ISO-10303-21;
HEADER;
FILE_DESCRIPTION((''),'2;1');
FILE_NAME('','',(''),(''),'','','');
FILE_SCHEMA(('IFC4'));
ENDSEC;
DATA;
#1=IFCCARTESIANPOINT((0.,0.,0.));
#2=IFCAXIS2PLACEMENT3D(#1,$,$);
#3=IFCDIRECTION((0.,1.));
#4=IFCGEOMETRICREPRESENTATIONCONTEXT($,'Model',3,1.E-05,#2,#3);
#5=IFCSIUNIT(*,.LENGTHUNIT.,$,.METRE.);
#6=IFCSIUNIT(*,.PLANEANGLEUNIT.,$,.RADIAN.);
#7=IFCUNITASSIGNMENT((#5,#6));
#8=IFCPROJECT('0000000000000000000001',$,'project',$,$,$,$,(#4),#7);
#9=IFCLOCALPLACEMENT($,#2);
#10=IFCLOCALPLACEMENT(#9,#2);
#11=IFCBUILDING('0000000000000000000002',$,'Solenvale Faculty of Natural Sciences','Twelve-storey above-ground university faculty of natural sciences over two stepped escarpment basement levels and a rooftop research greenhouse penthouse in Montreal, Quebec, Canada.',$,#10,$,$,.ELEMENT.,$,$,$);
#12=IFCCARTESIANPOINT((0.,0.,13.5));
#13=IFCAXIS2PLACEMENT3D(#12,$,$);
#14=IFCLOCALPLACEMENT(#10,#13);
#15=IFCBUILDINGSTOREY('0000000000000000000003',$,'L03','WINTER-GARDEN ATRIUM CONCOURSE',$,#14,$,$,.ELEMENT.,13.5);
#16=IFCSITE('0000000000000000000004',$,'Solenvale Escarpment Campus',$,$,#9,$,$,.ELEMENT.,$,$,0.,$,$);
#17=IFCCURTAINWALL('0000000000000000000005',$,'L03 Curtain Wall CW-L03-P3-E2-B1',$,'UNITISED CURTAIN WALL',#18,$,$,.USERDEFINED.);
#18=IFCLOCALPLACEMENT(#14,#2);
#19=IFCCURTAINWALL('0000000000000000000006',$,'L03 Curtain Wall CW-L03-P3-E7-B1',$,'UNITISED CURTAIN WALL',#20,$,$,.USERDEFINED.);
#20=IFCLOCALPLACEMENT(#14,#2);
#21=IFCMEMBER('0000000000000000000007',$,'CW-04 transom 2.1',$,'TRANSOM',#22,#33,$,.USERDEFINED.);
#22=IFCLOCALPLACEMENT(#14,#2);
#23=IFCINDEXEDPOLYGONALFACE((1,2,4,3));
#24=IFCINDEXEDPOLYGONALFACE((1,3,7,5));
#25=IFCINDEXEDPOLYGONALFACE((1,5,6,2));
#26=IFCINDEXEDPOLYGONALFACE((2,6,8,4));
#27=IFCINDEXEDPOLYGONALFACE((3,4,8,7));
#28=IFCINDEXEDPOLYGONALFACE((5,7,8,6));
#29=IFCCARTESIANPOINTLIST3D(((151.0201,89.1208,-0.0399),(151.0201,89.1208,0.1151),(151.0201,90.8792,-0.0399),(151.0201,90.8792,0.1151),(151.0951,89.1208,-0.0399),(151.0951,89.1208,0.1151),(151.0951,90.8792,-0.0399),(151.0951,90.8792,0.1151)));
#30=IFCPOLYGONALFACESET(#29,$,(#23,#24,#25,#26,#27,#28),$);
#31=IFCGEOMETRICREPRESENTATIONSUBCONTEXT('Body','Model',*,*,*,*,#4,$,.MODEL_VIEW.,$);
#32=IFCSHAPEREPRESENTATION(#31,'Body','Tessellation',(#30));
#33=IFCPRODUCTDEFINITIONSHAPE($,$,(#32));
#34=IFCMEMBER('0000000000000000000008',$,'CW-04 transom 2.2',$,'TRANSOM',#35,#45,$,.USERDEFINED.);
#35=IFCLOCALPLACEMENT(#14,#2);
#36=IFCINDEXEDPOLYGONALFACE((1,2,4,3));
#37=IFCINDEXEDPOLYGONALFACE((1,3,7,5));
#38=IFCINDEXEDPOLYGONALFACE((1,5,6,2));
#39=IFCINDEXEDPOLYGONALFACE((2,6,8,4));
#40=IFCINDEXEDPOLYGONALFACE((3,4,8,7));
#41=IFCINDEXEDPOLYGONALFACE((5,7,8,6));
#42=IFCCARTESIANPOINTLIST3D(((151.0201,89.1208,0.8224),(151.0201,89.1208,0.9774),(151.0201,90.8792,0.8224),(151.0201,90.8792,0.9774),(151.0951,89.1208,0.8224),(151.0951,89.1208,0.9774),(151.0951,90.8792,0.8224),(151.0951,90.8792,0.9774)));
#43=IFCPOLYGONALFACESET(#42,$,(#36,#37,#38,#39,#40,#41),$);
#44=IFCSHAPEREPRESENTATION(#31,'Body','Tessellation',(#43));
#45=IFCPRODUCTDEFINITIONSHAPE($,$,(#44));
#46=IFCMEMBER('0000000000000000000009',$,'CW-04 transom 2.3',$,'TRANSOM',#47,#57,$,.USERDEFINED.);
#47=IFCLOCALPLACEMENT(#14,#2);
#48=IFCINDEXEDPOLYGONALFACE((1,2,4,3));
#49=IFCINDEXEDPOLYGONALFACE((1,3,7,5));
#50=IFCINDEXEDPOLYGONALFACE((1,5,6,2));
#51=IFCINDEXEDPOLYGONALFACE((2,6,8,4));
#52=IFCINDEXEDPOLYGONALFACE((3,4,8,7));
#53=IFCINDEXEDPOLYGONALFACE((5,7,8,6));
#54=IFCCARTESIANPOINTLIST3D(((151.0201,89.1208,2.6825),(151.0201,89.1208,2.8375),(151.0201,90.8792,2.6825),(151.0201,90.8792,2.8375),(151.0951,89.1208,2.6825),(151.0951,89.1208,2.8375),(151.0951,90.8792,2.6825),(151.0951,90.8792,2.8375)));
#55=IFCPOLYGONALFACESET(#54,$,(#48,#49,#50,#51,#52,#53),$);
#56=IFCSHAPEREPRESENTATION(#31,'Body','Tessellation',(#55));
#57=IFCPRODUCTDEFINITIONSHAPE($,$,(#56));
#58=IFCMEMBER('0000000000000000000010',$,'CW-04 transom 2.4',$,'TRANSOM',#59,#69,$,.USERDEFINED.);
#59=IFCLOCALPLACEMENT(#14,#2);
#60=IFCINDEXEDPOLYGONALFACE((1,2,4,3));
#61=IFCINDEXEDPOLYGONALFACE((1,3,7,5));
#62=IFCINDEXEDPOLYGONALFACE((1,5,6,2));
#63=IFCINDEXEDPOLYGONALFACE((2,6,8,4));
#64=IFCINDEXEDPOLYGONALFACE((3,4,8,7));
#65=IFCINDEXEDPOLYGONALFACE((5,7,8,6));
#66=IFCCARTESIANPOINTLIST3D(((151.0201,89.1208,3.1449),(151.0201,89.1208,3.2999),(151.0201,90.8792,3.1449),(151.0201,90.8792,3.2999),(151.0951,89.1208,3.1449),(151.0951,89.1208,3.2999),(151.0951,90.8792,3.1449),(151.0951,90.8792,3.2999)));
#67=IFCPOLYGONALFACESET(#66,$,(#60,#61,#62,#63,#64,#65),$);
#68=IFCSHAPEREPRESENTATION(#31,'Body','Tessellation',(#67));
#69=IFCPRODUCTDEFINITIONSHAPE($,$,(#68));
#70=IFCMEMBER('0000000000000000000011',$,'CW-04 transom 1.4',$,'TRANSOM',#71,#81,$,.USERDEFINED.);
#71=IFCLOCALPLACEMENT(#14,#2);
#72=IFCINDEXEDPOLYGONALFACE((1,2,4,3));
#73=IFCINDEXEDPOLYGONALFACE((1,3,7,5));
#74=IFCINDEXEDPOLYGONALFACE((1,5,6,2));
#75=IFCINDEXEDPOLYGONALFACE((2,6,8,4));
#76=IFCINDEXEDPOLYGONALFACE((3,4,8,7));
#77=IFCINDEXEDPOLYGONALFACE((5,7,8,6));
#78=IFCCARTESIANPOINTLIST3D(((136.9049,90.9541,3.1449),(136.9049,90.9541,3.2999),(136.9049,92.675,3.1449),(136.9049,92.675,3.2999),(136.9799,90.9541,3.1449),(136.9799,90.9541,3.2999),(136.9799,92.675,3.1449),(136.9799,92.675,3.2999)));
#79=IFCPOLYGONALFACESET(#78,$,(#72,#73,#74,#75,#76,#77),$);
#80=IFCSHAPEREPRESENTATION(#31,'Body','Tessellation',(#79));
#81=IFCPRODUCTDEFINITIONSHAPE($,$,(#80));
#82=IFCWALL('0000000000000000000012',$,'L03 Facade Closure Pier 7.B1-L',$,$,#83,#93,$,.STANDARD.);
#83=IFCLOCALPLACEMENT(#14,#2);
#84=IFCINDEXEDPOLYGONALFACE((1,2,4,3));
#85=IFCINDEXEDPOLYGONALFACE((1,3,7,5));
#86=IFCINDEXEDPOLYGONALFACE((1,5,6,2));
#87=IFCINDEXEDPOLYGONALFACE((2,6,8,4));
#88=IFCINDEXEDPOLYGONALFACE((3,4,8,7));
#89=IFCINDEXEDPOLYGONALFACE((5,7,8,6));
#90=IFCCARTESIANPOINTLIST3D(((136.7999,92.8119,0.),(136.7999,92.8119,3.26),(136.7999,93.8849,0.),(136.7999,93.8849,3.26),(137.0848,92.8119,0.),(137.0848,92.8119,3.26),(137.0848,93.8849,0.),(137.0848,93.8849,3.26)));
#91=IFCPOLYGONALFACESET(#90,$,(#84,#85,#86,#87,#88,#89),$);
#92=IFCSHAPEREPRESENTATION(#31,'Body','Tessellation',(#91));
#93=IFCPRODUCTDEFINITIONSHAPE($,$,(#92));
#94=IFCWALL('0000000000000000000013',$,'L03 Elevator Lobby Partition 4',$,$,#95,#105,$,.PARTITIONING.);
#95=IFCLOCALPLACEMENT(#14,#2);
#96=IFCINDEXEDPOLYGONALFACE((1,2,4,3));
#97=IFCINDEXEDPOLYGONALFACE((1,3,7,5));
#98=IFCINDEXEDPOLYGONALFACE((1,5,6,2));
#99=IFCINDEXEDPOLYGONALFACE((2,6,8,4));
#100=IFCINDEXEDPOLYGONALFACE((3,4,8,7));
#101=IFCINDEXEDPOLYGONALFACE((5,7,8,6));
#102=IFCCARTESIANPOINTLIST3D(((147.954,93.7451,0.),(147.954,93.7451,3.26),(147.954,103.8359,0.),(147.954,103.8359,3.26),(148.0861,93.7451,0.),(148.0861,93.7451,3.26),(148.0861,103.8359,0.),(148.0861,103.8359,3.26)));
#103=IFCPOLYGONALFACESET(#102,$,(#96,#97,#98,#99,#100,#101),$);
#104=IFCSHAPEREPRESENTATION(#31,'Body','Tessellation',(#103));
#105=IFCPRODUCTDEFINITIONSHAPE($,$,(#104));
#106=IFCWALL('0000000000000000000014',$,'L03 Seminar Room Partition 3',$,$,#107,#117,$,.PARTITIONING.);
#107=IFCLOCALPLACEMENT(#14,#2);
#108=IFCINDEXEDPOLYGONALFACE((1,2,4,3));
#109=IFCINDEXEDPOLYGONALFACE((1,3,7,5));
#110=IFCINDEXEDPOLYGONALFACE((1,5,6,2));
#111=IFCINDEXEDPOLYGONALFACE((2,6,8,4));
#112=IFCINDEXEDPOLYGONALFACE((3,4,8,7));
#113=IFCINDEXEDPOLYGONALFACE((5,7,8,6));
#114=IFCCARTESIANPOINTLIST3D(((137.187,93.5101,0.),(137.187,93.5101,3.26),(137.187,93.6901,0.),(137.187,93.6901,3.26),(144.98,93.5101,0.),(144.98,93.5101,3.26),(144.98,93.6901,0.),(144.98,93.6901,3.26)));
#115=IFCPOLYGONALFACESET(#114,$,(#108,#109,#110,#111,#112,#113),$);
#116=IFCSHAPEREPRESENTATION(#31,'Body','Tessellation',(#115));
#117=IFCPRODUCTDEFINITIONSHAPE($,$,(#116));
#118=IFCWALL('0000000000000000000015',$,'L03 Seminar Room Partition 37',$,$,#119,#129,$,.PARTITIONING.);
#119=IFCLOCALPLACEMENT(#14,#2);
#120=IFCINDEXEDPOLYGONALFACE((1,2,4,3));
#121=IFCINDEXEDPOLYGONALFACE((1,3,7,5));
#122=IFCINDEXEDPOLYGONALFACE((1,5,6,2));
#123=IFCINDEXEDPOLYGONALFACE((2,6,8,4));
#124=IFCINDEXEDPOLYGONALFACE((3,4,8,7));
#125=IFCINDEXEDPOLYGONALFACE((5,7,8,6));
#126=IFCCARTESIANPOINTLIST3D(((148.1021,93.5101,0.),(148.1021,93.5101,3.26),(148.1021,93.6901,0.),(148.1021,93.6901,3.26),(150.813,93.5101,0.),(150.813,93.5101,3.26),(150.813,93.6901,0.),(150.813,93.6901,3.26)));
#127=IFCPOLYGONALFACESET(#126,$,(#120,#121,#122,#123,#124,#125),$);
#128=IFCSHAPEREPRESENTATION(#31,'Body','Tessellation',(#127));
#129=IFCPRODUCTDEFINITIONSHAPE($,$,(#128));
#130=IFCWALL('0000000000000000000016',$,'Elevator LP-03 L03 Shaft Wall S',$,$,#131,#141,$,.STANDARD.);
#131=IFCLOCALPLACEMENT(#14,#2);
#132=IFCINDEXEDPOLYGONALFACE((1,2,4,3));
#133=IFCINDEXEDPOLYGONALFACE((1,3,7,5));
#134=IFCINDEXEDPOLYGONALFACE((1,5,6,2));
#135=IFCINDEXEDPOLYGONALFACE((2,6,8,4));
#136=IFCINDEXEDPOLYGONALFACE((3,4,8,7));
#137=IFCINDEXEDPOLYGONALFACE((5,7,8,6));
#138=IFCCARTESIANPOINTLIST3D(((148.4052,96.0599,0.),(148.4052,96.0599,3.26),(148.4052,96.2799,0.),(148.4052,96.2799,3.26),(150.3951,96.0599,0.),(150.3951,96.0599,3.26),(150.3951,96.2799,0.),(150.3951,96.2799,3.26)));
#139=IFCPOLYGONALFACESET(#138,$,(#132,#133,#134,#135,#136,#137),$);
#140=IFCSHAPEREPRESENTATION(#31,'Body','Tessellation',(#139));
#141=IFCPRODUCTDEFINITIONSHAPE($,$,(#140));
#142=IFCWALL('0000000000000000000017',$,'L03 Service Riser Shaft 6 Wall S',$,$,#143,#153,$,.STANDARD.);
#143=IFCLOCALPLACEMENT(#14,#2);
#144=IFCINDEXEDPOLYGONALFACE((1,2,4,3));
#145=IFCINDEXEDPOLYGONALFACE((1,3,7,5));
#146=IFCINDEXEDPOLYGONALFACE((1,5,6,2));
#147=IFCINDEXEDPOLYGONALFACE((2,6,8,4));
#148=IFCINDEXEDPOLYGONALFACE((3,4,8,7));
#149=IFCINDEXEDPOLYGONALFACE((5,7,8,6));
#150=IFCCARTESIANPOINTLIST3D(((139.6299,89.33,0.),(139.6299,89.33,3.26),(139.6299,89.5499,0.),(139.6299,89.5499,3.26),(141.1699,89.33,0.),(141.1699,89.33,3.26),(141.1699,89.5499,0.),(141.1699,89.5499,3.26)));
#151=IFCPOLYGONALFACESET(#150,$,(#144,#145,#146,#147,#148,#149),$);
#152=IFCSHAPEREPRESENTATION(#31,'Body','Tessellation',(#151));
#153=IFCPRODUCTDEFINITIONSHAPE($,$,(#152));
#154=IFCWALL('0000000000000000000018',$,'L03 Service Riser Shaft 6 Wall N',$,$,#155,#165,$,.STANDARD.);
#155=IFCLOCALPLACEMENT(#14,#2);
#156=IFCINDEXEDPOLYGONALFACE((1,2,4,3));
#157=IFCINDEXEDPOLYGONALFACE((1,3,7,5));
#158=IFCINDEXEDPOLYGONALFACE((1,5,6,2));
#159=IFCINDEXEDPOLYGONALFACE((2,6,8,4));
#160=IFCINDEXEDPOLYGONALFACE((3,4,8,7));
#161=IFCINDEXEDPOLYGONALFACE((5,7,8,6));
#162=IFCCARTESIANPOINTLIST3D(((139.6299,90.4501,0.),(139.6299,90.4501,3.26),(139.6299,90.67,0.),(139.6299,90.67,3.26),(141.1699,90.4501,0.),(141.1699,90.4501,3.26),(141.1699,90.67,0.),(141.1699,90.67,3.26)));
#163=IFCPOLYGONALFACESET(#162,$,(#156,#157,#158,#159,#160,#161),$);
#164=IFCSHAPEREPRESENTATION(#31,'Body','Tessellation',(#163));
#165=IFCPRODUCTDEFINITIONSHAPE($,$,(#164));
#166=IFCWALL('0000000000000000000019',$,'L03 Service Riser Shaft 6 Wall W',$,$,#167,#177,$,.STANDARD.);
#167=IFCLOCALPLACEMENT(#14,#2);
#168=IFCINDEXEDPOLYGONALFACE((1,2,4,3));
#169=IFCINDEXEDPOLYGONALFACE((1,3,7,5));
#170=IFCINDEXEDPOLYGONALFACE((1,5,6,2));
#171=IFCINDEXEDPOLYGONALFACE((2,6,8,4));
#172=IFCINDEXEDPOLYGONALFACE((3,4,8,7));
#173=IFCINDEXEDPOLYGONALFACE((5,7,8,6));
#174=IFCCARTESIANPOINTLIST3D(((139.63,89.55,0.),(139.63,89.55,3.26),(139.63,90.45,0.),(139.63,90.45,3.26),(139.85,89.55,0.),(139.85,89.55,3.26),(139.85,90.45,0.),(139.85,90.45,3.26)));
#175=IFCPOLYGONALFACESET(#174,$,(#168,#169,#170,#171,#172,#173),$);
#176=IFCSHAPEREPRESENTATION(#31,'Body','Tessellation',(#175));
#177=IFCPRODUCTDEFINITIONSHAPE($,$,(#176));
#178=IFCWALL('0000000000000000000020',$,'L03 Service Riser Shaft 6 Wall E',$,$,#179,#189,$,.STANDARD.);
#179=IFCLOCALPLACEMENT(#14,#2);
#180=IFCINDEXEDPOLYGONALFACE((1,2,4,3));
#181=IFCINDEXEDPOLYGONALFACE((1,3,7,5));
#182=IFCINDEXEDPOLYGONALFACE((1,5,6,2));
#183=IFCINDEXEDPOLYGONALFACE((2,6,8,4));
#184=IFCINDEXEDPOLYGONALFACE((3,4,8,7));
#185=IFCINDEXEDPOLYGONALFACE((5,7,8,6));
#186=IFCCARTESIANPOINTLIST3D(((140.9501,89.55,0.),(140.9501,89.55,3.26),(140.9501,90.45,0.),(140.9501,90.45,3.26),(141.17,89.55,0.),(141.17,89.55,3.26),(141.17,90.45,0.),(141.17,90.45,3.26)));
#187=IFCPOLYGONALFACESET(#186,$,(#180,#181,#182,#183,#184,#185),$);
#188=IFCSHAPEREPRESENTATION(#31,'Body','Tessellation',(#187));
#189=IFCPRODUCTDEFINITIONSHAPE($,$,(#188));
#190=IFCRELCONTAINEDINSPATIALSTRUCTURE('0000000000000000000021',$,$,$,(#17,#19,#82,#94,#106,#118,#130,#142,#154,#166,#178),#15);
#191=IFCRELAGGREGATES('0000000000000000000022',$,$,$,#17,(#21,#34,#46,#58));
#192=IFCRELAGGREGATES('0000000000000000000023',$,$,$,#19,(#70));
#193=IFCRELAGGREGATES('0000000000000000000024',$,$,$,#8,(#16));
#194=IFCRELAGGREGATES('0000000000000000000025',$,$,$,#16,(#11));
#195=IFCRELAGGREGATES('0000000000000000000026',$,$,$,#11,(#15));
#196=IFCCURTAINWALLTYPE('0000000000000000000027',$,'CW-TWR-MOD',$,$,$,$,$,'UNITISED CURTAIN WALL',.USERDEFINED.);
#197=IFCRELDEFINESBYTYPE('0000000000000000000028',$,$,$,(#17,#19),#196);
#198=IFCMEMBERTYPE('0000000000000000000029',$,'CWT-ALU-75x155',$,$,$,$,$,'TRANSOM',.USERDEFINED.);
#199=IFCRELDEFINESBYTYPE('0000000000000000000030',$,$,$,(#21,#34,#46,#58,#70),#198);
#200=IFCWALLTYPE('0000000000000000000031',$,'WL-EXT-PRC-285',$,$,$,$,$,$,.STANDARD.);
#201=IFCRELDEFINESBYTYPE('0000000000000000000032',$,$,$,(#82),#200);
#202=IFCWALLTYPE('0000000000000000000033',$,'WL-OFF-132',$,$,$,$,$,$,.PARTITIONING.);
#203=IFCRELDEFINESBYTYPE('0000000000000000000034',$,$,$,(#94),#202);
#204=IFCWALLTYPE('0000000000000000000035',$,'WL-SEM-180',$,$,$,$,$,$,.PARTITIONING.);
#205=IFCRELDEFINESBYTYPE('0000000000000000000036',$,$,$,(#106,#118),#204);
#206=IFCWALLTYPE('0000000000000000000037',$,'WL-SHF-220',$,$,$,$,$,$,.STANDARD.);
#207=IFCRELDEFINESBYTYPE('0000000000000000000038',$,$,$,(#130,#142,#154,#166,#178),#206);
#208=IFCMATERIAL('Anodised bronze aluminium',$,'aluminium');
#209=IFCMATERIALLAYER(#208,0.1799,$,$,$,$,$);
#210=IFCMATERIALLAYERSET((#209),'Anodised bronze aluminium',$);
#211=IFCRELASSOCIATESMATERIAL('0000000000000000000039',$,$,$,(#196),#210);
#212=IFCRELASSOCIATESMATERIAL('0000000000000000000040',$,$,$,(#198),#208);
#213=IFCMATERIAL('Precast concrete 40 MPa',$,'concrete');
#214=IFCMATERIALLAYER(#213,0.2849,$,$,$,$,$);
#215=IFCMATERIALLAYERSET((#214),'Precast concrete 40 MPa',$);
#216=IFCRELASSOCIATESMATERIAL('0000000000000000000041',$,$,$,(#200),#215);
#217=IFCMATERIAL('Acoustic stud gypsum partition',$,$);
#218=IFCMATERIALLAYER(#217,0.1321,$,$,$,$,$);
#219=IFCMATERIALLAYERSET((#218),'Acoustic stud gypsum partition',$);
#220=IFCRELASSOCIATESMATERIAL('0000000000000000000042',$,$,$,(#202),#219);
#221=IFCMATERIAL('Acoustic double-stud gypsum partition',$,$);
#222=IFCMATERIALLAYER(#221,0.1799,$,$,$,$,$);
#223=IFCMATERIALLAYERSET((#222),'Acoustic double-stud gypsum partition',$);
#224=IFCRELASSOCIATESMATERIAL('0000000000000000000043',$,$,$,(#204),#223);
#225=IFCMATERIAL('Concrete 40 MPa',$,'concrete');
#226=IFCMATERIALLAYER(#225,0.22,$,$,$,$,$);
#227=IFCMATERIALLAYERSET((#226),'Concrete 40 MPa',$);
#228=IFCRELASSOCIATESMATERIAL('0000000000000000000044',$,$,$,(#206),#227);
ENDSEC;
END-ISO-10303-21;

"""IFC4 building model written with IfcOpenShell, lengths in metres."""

from ifc_helpers import new_model, si_unit, direction, frame, frame_2d, origin, origin_2d, place, context, subcontext, project, spatial, rectangle, extrude, material, layer, layer_set, material_profile, profile_set, type_object, element, aggregate, save


model = new_model("IFC4")

# Units and contexts
model_context = context("Model", 3, precision=1e-05, world=origin(), true_north=direction((0.0, 1.0)))
body_context = subcontext(model_context, "Body", "Model", "MODEL_VIEW")
ifc_project = project(units=[si_unit("LENGTHUNIT", "METRE"), si_unit("PLANEANGLEUNIT", "RADIAN")], contexts=[model_context])

# Site, building, storey
site_placement = place(None, origin())
site = spatial("IfcSite", under=ifc_project, at=site_placement, Name="Solenvale Escarpment Campus", CompositionType="ELEMENT", RefElevation=0.0)
building_placement = place(site_placement, origin())
building = spatial("IfcBuilding", under=site, at=building_placement, Name="Solenvale Faculty of Natural Sciences", Description="Twelve-storey above-ground university faculty of natural sciences over two stepped escarpment basement levels and a rooftop research greenhouse penthouse in Montreal, Quebec, Canada.", CompositionType="ELEMENT")
storey_placement = place(building_placement, frame((0.0, 0.0, 13.5)))
storey = spatial("IfcBuildingStorey", under=building, at=storey_placement, Name="L03", Description="WINTER-GARDEN ATRIUM CONCOURSE", CompositionType="ELEMENT", Elevation=13.5)

# Shared definitions
ifc_material_1 = material(Name="Concrete 40 MPa", Category="concrete")

# Curtain walls
ifc_material_2 = material(Name="Anodised bronze aluminium", Category="aluminium")
ifc_layer_1 = layer(ifc_material_2, 0.1799)
ifc_layer_set_1 = layer_set([ifc_layer_1], Name="Anodised bronze aluminium")
curtain_wall_type = type_object("IfcCurtainWallType", Name="CW-TWR-MOD", ElementType="UNITISED CURTAIN WALL", PredefinedType="USERDEFINED", material=ifc_layer_set_1)
curtain_wall_1_placement = place(storey_placement, origin())
curtain_wall_1 = element("IfcCurtainWall", 1, at=curtain_wall_1_placement, inside=storey, type_object=curtain_wall_type, Name="L03 Curtain Wall CW-L03-P3-E2-B1", ObjectType="UNITISED CURTAIN WALL", PredefinedType="USERDEFINED")
curtain_wall_2_placement = place(storey_placement, origin())
curtain_wall_2 = element("IfcCurtainWall", 2, at=curtain_wall_2_placement, inside=storey, type_object=curtain_wall_type, Name="L03 Curtain Wall CW-L03-P3-E7-B1", ObjectType="UNITISED CURTAIN WALL", PredefinedType="USERDEFINED")

# Members
ifc_material_profile_1 = material_profile(ifc_material_2, rectangle(XDim=0.075, YDim=0.155, at=origin_2d()), Name="ALU-TRN-75x155")
ifc_profile_set_1 = profile_set([ifc_material_profile_1], Name="Anodised bronze aluminium")
member_type_1 = type_object("IfcMemberType", Name="CWT-ALU-75x155", ElementType="TRANSOM", PredefinedType="USERDEFINED", material=ifc_profile_set_1)
member_1_placement = place(storey_placement, frame((151.0576, 89.1208, 0.0376), z_axis=(0.0, 1.0, 0.0), x_axis=(-1.0, 0.0, 0.0)))
member_1 = element("IfcMember", 3, at=member_1_placement, type_object=member_type_1, Name="CW-04 transom 2.1", ObjectType="TRANSOM", PredefinedType="USERDEFINED", context=body_context, shape_type="SweptSolid", body=[
    extrude(rectangle(XDim=0.075, YDim=0.155, at=origin_2d()), origin(), (0.0, 0.0, 1.0), 1.7583),
])
member_2_placement = place(storey_placement, frame((151.0576, 89.1208, 0.8999), z_axis=(0.0, 1.0, 0.0), x_axis=(-1.0, 0.0, 0.0)))
member_2 = element("IfcMember", 4, at=member_2_placement, type_object=member_type_1, Name="CW-04 transom 2.2", ObjectType="TRANSOM", PredefinedType="USERDEFINED", context=body_context, shape_type="SweptSolid", body=[
    extrude(rectangle(XDim=0.075, YDim=0.155, at=origin_2d()), origin(), (0.0, 0.0, 1.0), 1.7583),
])
member_3_placement = place(storey_placement, frame((151.0576, 89.1208, 2.76), z_axis=(0.0, 1.0, 0.0), x_axis=(-1.0, 0.0, 0.0)))
member_3 = element("IfcMember", 5, at=member_3_placement, type_object=member_type_1, Name="CW-04 transom 2.3", ObjectType="TRANSOM", PredefinedType="USERDEFINED", context=body_context, shape_type="SweptSolid", body=[
    extrude(rectangle(XDim=0.075, YDim=0.155, at=origin_2d()), origin(), (0.0, 0.0, 1.0), 1.7583),
])
member_4_placement = place(storey_placement, frame((151.0576, 89.1208, 3.2224), z_axis=(0.0, 1.0, 0.0), x_axis=(-1.0, 0.0, 0.0)))
member_4 = element("IfcMember", 6, at=member_4_placement, type_object=member_type_1, Name="CW-04 transom 2.4", ObjectType="TRANSOM", PredefinedType="USERDEFINED", context=body_context, shape_type="SweptSolid", body=[
    extrude(rectangle(XDim=0.075, YDim=0.155, at=origin_2d()), origin(), (0.0, 0.0, 1.0), 1.7583),
])
aggregate(curtain_wall_1, [member_1, member_2, member_3, member_4])
member_5_placement = place(storey_placement, frame((136.9424, 92.675, 3.2224), z_axis=(0.0, -1.0, 0.0), x_axis=(1.0, 0.0, 0.0)))
member_5 = element("IfcMember", 7, at=member_5_placement, type_object=member_type_1, Name="CW-04 transom 1.4", ObjectType="TRANSOM", PredefinedType="USERDEFINED", context=body_context, shape_type="SweptSolid", body=[
    extrude(rectangle(XDim=0.075, YDim=0.155, at=origin_2d()), origin(), (0.0, 0.0, 1.0), 1.7209),
])
aggregate(curtain_wall_2, [member_5])

# Walls
ifc_material_3 = material(Name="Precast concrete 40 MPa", Category="concrete")
ifc_layer_2 = layer(ifc_material_3, 0.2849)
ifc_layer_set_2 = layer_set([ifc_layer_2], Name="Precast concrete 40 MPa")
wall_type_1 = type_object("IfcWallType", Name="WL-EXT-PRC-285", PredefinedType="STANDARD", material=ifc_layer_set_2)
wall_1_placement = place(storey_placement, frame((136.9424, 93.885, 0.0), z_axis=(0.0, 0.0, 1.0), x_axis=(0.0, -1.0, 0.0)))
element("IfcWall", 8, at=wall_1_placement, inside=storey, type_object=wall_type_1, Name="L03 Facade Closure Pier 7.B1-L", PredefinedType="STANDARD", context=body_context, shape_type="SweptSolid", body=[
    extrude(rectangle(XDim=1.073, YDim=0.2849, at=frame_2d((0.5366, 0.0))), origin(), (0.0, 0.0, 1.0), 3.26),
])
ifc_material_4 = material(Name="Acoustic stud gypsum partition")
ifc_layer_3 = layer(ifc_material_4, 0.1321)
ifc_layer_set_3 = layer_set([ifc_layer_3], Name="Acoustic stud gypsum partition")
wall_type_2 = type_object("IfcWallType", Name="WL-OFF-132", PredefinedType="PARTITIONING", material=ifc_layer_set_3)
wall_2_placement = place(storey_placement, frame((148.02, 93.7451, 0.0), z_axis=(0.0, 0.0, 1.0), x_axis=(0.0, 1.0, 0.0)))
element("IfcWall", 9, at=wall_2_placement, inside=storey, type_object=wall_type_2, Name="L03 Elevator Lobby Partition 4", PredefinedType="PARTITIONING", context=body_context, shape_type="SweptSolid", body=[
    extrude(rectangle(XDim=10.0908, YDim=0.1321, at=frame_2d((5.0454, 0.0))), origin(), (0.0, 0.0, 1.0), 3.26),
])
ifc_material_5 = material(Name="Acoustic double-stud gypsum partition")
ifc_layer_4 = layer(ifc_material_5, 0.1799)
ifc_layer_set_4 = layer_set([ifc_layer_4], Name="Acoustic double-stud gypsum partition")
wall_type_3 = type_object("IfcWallType", Name="WL-SEM-180", PredefinedType="PARTITIONING", material=ifc_layer_set_4)
wall_3_placement = place(storey_placement, frame((137.187, 93.6001, 0.0), z_axis=(0.0, 0.0, 1.0), x_axis=(1.0, 0.0, 0.0)))
element("IfcWall", 10, at=wall_3_placement, inside=storey, type_object=wall_type_3, Name="L03 Seminar Room Partition 3", PredefinedType="PARTITIONING", context=body_context, shape_type="SweptSolid", body=[
    extrude(rectangle(XDim=7.793, YDim=0.1799, at=frame_2d((3.8965, 0.0))), origin(), (0.0, 0.0, 1.0), 3.26),
])

# Walls
wall_4_placement = place(storey_placement, frame((148.1021, 93.6001, 0.0), z_axis=(0.0, 0.0, 1.0), x_axis=(1.0, 0.0, 0.0)))
element("IfcWall", 11, at=wall_4_placement, inside=storey, type_object=wall_type_3, Name="L03 Seminar Room Partition 37", PredefinedType="PARTITIONING", context=body_context, shape_type="SweptSolid", body=[
    extrude(rectangle(XDim=2.7109, YDim=0.1799, at=frame_2d((1.3555, 0.0))), origin(), (0.0, 0.0, 1.0), 3.26),
])
ifc_layer_5 = layer(ifc_material_1, 0.22)
ifc_layer_set_5 = layer_set([ifc_layer_5], Name="Concrete 40 MPa")
wall_type_4 = type_object("IfcWallType", Name="WL-SHF-220", PredefinedType="STANDARD", material=ifc_layer_set_5)
wall_5_placement = place(storey_placement, frame((148.405, 96.1699, 0.0), z_axis=(0.0, 0.0, 1.0), x_axis=(1.0, 0.0, 0.0)))
element("IfcWall", 12, at=wall_5_placement, inside=storey, type_object=wall_type_4, Name="Elevator LP-03 L03 Shaft Wall S", PredefinedType="STANDARD", context=body_context, shape_type="SweptSolid", body=[
    extrude(rectangle(XDim=1.99, YDim=0.22, at=frame_2d((0.9951, 0.0))), origin(), (0.0, 0.0, 1.0), 3.26),
])
for number, where, z_axis, x_axis, name in (
    (13, (139.6299, 89.4399, 0.0), (0.0, 0.0, 1.0), (1.0, 0.0, 0.0), "L03 Service Riser Shaft 6 Wall S"),
    (14, (139.6299, 90.5601, 0.0), (0.0, 0.0, 1.0), (1.0, 0.0, 0.0), "L03 Service Riser Shaft 6 Wall N"),
):
    element("IfcWall", number, at=place(storey_placement, frame(where, z_axis=z_axis, x_axis=x_axis)), inside=storey, type_object=wall_type_4, Name=name, PredefinedType="STANDARD", context=body_context, shape_type="SweptSolid", body=[
        extrude(rectangle(XDim=1.54, YDim=0.22, at=frame_2d((0.77, 0.0))), origin(), (0.0, 0.0, 1.0), 3.26),
    ])
for number, where, z_axis, x_axis, name in (
    (15, (139.74, 89.55, 0.0), (0.0, 0.0, 1.0), (0.0, 1.0, 0.0), "L03 Service Riser Shaft 6 Wall W"),
    (16, (141.0601, 89.55, 0.0), (0.0, 0.0, 1.0), (0.0, 1.0, 0.0), "L03 Service Riser Shaft 6 Wall E"),
):
    element("IfcWall", number, at=place(storey_placement, frame(where, z_axis=z_axis, x_axis=x_axis)), inside=storey, type_object=wall_type_4, Name=name, PredefinedType="STANDARD", context=body_context, shape_type="SweptSolid", body=[
        extrude(rectangle(XDim=0.8999, YDim=0.22, at=frame_2d((0.45, 0.0))), origin(), (0.0, 0.0, 1.0), 3.26),
    ])

save(model, "model.ifc")
